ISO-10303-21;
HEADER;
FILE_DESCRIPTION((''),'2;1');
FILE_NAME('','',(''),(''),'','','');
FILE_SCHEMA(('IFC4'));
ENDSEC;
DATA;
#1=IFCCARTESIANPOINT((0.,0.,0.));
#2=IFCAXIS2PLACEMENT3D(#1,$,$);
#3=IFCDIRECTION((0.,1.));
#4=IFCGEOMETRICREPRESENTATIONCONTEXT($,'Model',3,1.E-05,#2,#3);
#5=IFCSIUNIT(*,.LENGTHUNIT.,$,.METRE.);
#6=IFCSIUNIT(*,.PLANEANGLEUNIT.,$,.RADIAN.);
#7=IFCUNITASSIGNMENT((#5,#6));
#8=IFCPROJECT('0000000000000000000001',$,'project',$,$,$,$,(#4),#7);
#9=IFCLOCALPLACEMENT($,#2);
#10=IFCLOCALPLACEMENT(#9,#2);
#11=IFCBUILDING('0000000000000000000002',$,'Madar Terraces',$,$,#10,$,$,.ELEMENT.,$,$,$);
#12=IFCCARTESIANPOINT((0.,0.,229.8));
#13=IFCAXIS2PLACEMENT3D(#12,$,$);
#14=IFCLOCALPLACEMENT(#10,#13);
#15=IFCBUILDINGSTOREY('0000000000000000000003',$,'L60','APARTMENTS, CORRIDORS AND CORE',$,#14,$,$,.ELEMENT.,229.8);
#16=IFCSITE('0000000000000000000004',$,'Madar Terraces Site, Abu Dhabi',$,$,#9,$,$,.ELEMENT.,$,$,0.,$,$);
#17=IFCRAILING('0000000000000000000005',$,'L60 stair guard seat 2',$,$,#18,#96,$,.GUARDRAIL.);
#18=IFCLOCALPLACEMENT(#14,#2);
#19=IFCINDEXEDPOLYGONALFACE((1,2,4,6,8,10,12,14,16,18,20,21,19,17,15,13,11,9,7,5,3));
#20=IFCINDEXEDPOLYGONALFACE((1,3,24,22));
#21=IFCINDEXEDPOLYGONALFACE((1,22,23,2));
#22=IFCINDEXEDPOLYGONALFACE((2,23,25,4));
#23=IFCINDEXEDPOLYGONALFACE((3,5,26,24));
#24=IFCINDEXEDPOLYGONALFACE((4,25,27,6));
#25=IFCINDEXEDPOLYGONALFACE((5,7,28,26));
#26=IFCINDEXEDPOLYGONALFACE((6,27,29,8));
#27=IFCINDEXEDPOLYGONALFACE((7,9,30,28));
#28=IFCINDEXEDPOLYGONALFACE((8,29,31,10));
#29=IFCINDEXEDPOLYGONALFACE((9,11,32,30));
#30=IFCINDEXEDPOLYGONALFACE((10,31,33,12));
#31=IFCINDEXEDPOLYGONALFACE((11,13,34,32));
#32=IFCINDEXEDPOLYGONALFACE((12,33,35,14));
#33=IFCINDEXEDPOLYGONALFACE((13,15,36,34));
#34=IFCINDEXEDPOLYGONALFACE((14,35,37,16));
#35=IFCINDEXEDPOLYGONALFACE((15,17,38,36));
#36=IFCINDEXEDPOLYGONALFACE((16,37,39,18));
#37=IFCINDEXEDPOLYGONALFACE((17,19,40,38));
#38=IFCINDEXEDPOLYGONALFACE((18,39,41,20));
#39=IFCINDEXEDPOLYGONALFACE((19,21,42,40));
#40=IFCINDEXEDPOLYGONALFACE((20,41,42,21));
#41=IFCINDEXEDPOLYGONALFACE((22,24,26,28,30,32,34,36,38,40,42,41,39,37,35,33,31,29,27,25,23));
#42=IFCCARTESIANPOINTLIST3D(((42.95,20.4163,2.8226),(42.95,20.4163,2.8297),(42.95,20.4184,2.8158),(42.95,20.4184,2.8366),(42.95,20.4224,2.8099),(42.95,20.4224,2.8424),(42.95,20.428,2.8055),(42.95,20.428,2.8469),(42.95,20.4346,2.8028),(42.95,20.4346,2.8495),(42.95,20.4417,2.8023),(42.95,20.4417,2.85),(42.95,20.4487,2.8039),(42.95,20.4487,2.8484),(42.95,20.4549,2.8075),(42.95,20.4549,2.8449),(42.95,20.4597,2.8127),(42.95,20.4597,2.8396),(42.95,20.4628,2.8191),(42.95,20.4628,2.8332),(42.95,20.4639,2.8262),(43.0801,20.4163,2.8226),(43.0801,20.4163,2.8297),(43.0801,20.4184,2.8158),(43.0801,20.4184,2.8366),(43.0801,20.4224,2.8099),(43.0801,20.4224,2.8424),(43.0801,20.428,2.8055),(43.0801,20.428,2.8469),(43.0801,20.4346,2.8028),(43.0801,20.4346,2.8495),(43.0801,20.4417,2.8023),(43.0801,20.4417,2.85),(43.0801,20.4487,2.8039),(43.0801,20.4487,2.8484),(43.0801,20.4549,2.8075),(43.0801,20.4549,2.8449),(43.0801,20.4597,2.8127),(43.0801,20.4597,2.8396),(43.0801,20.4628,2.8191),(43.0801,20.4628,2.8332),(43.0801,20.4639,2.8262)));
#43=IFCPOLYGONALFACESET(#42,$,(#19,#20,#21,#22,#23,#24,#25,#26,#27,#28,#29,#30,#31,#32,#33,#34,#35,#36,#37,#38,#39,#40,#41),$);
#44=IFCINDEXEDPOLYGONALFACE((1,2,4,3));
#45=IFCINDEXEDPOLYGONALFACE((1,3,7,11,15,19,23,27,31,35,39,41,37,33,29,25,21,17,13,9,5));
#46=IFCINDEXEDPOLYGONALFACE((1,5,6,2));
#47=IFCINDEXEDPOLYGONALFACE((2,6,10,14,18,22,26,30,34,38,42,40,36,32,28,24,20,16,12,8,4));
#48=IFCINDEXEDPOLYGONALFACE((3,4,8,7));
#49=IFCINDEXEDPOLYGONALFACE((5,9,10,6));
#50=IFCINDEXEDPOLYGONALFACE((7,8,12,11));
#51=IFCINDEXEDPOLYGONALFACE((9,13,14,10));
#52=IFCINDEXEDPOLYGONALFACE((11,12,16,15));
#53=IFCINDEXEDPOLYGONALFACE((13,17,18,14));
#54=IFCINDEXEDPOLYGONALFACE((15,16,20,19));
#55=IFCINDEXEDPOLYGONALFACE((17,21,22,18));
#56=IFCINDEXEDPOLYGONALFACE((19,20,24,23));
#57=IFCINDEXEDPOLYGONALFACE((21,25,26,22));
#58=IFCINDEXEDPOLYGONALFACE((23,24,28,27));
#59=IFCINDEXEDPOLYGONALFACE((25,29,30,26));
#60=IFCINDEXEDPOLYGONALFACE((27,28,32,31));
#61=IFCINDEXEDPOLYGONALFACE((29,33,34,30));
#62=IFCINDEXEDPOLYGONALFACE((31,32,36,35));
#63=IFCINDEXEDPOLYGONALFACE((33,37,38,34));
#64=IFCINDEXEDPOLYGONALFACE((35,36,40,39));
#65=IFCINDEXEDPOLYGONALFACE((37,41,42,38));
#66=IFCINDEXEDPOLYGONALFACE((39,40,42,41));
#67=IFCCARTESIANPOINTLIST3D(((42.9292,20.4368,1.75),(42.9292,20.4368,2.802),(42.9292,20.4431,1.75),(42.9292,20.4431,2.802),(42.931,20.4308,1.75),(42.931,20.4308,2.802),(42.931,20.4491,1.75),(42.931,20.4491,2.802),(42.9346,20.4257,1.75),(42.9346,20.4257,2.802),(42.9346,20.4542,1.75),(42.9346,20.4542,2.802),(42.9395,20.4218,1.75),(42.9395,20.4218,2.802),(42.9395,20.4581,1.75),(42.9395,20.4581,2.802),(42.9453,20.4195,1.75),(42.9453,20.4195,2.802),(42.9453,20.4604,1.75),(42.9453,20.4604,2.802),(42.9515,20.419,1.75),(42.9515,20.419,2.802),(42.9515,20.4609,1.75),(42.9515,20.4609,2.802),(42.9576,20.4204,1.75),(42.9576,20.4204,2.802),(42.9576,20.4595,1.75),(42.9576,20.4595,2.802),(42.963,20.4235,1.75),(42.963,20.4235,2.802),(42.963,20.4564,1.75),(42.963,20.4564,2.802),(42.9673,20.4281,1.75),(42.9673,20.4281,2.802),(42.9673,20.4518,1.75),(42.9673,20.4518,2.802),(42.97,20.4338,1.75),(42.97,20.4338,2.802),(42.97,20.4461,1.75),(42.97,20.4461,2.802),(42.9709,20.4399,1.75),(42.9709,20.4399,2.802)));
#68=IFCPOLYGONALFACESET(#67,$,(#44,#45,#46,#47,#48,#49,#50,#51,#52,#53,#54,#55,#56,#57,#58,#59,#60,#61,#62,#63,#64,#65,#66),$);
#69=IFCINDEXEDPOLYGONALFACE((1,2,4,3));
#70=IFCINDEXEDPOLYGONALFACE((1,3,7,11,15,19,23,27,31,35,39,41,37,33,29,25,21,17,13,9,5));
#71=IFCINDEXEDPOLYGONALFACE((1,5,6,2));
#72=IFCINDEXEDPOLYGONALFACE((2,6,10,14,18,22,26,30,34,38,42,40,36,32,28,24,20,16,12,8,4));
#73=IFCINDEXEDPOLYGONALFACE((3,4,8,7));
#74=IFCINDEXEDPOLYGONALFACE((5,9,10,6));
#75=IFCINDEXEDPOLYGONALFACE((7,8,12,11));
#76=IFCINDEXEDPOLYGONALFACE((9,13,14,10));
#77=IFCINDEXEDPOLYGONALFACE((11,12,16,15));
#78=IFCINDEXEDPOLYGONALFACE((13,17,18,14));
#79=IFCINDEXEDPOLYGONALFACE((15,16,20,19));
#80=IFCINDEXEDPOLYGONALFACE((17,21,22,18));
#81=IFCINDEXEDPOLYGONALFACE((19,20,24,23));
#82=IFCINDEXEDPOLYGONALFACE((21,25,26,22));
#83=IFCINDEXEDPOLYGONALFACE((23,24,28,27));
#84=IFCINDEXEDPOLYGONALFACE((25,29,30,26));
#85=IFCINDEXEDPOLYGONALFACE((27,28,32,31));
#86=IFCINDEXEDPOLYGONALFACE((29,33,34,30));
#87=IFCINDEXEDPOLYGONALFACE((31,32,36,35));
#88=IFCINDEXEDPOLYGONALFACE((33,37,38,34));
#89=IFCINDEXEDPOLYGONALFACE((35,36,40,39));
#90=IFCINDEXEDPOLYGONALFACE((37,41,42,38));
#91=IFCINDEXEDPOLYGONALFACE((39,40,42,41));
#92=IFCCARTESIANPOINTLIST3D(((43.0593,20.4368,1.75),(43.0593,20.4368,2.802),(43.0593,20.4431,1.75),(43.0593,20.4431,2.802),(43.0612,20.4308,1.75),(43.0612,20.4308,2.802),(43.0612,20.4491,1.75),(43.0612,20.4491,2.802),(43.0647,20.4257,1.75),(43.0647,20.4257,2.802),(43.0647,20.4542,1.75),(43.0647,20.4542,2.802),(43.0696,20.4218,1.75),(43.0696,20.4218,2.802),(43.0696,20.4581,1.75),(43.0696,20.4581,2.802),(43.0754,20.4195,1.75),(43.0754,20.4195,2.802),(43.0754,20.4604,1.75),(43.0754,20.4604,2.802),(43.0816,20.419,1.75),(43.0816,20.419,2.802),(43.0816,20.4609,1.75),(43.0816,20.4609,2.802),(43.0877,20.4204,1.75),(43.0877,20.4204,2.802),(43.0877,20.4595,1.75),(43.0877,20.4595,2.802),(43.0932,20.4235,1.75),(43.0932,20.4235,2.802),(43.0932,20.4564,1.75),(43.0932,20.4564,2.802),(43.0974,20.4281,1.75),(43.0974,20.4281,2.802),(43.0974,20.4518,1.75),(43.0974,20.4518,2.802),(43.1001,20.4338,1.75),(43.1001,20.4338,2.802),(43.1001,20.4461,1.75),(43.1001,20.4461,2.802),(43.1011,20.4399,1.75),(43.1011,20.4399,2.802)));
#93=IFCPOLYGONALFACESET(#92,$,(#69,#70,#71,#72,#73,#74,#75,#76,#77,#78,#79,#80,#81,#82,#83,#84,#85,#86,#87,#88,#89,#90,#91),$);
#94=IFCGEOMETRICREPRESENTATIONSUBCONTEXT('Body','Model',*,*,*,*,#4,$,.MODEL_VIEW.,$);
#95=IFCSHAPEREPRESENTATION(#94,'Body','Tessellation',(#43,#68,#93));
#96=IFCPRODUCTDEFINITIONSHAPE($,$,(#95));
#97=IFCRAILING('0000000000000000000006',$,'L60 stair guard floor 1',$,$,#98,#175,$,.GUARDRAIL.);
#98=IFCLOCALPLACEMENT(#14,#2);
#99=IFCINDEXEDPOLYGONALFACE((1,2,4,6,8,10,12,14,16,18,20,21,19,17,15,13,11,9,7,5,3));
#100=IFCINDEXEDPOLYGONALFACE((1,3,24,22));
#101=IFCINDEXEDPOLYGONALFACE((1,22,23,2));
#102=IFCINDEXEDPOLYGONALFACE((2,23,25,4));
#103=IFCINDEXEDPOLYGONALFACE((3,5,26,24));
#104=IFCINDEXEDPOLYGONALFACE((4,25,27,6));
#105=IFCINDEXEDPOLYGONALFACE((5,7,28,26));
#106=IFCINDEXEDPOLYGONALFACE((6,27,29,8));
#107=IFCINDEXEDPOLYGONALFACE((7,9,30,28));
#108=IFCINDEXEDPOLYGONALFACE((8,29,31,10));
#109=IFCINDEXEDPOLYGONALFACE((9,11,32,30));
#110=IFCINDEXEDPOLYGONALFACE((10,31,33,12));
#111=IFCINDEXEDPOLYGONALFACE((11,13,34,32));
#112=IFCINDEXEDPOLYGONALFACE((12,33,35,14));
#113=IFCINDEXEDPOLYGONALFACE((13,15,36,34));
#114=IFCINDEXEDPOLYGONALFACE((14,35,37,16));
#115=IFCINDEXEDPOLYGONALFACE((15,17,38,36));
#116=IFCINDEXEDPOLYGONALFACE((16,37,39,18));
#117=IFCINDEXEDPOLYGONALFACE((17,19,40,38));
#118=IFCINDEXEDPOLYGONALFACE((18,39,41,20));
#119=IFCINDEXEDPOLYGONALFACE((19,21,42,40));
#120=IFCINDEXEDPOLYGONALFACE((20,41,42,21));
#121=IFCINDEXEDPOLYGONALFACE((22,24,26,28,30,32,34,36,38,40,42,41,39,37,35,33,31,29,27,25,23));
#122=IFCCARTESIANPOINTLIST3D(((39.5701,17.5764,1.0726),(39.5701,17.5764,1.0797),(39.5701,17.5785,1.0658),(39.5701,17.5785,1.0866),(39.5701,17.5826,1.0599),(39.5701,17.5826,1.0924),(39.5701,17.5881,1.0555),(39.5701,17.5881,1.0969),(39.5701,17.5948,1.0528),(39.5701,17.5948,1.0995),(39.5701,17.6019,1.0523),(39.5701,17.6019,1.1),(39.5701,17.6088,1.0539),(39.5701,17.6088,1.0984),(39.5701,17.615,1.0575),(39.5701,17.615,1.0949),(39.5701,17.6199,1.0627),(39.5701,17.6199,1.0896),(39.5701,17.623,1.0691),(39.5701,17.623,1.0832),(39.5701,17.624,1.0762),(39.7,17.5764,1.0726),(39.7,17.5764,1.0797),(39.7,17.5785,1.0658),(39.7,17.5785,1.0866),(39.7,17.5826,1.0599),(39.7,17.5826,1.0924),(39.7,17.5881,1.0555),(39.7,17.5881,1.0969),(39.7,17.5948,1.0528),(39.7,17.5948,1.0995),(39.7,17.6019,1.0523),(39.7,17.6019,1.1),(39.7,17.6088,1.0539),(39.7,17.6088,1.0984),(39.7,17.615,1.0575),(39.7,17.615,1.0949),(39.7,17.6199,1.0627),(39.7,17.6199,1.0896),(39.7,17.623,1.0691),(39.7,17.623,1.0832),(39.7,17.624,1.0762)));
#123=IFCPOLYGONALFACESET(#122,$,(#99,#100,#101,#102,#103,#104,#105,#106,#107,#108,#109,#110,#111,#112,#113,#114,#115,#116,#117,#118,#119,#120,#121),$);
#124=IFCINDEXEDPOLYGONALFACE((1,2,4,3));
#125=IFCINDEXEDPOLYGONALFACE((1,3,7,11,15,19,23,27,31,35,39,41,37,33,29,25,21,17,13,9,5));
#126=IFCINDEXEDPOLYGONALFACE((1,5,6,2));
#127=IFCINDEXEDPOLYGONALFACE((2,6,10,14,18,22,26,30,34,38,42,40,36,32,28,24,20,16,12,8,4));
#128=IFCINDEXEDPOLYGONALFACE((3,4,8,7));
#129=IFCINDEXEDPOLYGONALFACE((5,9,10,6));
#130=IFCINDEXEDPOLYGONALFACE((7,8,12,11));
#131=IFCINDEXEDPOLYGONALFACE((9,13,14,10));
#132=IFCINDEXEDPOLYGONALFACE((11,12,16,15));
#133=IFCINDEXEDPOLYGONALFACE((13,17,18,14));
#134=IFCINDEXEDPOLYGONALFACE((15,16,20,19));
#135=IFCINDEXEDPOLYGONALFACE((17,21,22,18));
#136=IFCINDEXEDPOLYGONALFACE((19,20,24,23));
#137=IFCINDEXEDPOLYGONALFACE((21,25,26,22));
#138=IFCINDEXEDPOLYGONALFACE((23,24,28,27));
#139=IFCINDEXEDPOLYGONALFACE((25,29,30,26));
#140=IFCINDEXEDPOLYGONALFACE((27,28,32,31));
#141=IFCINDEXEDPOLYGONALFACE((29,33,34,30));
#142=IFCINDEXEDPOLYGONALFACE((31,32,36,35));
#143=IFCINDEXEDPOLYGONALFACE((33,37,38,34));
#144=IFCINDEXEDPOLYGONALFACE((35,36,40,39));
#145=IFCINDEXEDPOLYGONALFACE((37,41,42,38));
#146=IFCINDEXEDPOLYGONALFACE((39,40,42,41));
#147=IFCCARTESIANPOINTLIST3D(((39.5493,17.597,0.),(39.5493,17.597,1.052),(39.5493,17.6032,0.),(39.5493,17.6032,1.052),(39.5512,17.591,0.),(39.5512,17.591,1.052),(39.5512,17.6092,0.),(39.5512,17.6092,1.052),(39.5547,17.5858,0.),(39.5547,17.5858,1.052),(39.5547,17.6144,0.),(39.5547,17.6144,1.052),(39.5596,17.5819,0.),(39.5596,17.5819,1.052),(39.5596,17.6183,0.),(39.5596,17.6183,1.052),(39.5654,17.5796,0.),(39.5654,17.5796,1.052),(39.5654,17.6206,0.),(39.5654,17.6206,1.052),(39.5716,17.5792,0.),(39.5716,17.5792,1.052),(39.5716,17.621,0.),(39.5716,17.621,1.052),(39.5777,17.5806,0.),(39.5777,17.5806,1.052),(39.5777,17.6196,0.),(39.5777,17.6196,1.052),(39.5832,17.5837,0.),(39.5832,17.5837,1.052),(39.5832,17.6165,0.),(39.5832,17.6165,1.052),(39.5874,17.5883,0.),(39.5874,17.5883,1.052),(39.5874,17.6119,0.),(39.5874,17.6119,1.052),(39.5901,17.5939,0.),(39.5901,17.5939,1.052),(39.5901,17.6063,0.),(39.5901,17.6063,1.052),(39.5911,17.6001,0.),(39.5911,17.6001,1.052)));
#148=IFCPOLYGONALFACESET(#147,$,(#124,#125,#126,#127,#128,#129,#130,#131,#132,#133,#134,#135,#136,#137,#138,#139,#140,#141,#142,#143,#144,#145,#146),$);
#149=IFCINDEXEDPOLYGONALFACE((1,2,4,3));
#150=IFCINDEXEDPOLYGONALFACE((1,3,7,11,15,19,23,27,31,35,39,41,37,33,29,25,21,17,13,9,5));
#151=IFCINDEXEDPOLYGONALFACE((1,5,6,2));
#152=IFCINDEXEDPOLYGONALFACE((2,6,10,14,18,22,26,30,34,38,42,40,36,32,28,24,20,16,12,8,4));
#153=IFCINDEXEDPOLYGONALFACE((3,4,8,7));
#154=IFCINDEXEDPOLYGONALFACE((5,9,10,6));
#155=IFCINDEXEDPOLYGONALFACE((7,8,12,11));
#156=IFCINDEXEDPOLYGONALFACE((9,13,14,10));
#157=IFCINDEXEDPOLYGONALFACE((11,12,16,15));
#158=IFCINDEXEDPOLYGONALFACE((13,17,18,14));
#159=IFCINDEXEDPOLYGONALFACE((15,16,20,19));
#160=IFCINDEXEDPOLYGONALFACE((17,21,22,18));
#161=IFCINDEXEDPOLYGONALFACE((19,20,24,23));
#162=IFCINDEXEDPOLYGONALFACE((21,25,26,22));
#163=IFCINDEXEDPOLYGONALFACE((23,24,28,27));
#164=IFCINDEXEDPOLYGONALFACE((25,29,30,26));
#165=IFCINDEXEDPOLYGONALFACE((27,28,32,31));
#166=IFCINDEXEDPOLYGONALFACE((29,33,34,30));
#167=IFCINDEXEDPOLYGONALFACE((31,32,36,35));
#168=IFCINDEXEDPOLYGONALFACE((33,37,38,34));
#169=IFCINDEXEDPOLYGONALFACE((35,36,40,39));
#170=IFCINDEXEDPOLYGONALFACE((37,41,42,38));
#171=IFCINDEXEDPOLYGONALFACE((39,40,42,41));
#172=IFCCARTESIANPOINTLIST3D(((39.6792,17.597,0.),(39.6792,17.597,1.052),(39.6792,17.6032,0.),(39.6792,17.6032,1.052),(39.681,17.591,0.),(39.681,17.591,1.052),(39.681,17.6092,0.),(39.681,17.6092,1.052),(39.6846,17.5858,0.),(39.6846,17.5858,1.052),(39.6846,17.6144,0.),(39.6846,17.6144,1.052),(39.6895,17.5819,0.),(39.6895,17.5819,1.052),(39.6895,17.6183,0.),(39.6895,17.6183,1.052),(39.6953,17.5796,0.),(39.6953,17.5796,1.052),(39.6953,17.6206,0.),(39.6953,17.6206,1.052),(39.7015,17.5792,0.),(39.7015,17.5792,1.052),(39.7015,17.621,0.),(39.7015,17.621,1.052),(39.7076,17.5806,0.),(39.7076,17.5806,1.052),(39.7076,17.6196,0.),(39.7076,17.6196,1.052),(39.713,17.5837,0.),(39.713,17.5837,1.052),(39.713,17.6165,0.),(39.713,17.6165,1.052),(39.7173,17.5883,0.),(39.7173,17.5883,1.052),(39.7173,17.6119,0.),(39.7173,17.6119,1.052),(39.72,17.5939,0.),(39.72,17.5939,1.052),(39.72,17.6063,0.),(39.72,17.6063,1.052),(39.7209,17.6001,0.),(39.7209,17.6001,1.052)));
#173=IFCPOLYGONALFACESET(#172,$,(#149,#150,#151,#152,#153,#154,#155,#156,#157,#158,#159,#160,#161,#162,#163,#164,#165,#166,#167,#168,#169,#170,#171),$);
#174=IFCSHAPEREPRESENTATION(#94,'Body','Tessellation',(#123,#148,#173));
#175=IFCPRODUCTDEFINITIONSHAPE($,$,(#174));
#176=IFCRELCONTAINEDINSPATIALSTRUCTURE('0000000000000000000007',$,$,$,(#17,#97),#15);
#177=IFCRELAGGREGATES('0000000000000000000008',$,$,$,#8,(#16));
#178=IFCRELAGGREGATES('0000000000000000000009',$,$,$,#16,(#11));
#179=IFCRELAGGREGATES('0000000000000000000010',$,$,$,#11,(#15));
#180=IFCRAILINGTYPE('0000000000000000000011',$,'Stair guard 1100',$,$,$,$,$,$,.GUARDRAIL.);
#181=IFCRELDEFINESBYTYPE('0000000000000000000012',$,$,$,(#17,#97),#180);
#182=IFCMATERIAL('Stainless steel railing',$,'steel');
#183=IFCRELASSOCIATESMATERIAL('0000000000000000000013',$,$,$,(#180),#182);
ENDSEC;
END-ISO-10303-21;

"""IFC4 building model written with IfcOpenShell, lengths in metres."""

from ifc_helpers import new_model, si_unit, direction, frame, origin, origin_2d, place, context, subcontext, project, spatial, circle, extrude, material, type_object, element, save


model = new_model("IFC4")

# Units and contexts
model_context = context("Model", 3, precision=1e-05, world=origin(), true_north=direction((0.0, 1.0)))
body_context = subcontext(model_context, "Body", "Model", "MODEL_VIEW")
ifc_project = project(units=[si_unit("LENGTHUNIT", "METRE"), si_unit("PLANEANGLEUNIT", "RADIAN")], contexts=[model_context])

# Site, building, storey
site_placement = place(None, origin())
site = spatial("IfcSite", under=ifc_project, at=site_placement, Name="Madar Terraces Site, Abu Dhabi", CompositionType="ELEMENT", RefElevation=0.0)
building_placement = place(site_placement, origin())
building = spatial("IfcBuilding", under=site, at=building_placement, Name="Madar Terraces", CompositionType="ELEMENT")
storey_placement = place(building_placement, frame((0.0, 0.0, 229.8)))
storey = spatial("IfcBuildingStorey", under=building, at=storey_placement, Name="L60", Description="APARTMENTS, CORRIDORS AND CORE", CompositionType="ELEMENT", Elevation=229.8)

# Railings
ifc_material_1 = material(Name="Stainless steel railing", Category="steel")
railing_type_1 = type_object("IfcRailingType", Name="Stair guard 1100", PredefinedType="GUARDRAIL", material=ifc_material_1)
railing_1_placement = place(storey_placement, frame((42.95, 20.4399, 1.75)))
element("IfcRailing", 1, at=railing_1_placement, inside=storey, type_object=railing_type_1, Name="L60 stair guard seat 2", PredefinedType="GUARDRAIL", context=body_context, shape_type="SweptSolid", body=[
    extrude(circle(Radius=0.0239, at=origin_2d()), frame((0.0, 0.0, 1.0762), z_axis=(1.0, 0.0, 0.0), x_axis=(0.0, 1.0, 0.0)), (0.0, 0.0, 1.0), 0.1301),
    extrude(circle(Radius=0.021, at=origin_2d()), origin(), (0.0, 0.0, 1.0), 1.052),
    extrude(circle(Radius=0.021, at=origin_2d()), frame((0.1301, 0.0, 0.0)), (0.0, 0.0, 1.0), 1.052),
])
railing_2_placement = place(storey_placement, frame((39.5701, 17.6001, 0.0)))
element("IfcRailing", 2, at=railing_2_placement, inside=storey, type_object=railing_type_1, Name="L60 stair guard floor 1", PredefinedType="GUARDRAIL", context=body_context, shape_type="SweptSolid", body=[
    extrude(circle(Radius=0.0239, at=origin_2d()), frame((0.0, 0.0, 1.0762), z_axis=(1.0, 0.0, 0.0), x_axis=(0.0, 1.0, 0.0)), (0.0, 0.0, 1.0), 0.1299),
    extrude(circle(Radius=0.021, at=origin_2d()), origin(), (0.0, 0.0, 1.0), 1.052),
    extrude(circle(Radius=0.021, at=origin_2d()), frame((0.1299, 0.0, 0.0)), (0.0, 0.0, 1.0), 1.052),
])

save(model, "model.ifc")
